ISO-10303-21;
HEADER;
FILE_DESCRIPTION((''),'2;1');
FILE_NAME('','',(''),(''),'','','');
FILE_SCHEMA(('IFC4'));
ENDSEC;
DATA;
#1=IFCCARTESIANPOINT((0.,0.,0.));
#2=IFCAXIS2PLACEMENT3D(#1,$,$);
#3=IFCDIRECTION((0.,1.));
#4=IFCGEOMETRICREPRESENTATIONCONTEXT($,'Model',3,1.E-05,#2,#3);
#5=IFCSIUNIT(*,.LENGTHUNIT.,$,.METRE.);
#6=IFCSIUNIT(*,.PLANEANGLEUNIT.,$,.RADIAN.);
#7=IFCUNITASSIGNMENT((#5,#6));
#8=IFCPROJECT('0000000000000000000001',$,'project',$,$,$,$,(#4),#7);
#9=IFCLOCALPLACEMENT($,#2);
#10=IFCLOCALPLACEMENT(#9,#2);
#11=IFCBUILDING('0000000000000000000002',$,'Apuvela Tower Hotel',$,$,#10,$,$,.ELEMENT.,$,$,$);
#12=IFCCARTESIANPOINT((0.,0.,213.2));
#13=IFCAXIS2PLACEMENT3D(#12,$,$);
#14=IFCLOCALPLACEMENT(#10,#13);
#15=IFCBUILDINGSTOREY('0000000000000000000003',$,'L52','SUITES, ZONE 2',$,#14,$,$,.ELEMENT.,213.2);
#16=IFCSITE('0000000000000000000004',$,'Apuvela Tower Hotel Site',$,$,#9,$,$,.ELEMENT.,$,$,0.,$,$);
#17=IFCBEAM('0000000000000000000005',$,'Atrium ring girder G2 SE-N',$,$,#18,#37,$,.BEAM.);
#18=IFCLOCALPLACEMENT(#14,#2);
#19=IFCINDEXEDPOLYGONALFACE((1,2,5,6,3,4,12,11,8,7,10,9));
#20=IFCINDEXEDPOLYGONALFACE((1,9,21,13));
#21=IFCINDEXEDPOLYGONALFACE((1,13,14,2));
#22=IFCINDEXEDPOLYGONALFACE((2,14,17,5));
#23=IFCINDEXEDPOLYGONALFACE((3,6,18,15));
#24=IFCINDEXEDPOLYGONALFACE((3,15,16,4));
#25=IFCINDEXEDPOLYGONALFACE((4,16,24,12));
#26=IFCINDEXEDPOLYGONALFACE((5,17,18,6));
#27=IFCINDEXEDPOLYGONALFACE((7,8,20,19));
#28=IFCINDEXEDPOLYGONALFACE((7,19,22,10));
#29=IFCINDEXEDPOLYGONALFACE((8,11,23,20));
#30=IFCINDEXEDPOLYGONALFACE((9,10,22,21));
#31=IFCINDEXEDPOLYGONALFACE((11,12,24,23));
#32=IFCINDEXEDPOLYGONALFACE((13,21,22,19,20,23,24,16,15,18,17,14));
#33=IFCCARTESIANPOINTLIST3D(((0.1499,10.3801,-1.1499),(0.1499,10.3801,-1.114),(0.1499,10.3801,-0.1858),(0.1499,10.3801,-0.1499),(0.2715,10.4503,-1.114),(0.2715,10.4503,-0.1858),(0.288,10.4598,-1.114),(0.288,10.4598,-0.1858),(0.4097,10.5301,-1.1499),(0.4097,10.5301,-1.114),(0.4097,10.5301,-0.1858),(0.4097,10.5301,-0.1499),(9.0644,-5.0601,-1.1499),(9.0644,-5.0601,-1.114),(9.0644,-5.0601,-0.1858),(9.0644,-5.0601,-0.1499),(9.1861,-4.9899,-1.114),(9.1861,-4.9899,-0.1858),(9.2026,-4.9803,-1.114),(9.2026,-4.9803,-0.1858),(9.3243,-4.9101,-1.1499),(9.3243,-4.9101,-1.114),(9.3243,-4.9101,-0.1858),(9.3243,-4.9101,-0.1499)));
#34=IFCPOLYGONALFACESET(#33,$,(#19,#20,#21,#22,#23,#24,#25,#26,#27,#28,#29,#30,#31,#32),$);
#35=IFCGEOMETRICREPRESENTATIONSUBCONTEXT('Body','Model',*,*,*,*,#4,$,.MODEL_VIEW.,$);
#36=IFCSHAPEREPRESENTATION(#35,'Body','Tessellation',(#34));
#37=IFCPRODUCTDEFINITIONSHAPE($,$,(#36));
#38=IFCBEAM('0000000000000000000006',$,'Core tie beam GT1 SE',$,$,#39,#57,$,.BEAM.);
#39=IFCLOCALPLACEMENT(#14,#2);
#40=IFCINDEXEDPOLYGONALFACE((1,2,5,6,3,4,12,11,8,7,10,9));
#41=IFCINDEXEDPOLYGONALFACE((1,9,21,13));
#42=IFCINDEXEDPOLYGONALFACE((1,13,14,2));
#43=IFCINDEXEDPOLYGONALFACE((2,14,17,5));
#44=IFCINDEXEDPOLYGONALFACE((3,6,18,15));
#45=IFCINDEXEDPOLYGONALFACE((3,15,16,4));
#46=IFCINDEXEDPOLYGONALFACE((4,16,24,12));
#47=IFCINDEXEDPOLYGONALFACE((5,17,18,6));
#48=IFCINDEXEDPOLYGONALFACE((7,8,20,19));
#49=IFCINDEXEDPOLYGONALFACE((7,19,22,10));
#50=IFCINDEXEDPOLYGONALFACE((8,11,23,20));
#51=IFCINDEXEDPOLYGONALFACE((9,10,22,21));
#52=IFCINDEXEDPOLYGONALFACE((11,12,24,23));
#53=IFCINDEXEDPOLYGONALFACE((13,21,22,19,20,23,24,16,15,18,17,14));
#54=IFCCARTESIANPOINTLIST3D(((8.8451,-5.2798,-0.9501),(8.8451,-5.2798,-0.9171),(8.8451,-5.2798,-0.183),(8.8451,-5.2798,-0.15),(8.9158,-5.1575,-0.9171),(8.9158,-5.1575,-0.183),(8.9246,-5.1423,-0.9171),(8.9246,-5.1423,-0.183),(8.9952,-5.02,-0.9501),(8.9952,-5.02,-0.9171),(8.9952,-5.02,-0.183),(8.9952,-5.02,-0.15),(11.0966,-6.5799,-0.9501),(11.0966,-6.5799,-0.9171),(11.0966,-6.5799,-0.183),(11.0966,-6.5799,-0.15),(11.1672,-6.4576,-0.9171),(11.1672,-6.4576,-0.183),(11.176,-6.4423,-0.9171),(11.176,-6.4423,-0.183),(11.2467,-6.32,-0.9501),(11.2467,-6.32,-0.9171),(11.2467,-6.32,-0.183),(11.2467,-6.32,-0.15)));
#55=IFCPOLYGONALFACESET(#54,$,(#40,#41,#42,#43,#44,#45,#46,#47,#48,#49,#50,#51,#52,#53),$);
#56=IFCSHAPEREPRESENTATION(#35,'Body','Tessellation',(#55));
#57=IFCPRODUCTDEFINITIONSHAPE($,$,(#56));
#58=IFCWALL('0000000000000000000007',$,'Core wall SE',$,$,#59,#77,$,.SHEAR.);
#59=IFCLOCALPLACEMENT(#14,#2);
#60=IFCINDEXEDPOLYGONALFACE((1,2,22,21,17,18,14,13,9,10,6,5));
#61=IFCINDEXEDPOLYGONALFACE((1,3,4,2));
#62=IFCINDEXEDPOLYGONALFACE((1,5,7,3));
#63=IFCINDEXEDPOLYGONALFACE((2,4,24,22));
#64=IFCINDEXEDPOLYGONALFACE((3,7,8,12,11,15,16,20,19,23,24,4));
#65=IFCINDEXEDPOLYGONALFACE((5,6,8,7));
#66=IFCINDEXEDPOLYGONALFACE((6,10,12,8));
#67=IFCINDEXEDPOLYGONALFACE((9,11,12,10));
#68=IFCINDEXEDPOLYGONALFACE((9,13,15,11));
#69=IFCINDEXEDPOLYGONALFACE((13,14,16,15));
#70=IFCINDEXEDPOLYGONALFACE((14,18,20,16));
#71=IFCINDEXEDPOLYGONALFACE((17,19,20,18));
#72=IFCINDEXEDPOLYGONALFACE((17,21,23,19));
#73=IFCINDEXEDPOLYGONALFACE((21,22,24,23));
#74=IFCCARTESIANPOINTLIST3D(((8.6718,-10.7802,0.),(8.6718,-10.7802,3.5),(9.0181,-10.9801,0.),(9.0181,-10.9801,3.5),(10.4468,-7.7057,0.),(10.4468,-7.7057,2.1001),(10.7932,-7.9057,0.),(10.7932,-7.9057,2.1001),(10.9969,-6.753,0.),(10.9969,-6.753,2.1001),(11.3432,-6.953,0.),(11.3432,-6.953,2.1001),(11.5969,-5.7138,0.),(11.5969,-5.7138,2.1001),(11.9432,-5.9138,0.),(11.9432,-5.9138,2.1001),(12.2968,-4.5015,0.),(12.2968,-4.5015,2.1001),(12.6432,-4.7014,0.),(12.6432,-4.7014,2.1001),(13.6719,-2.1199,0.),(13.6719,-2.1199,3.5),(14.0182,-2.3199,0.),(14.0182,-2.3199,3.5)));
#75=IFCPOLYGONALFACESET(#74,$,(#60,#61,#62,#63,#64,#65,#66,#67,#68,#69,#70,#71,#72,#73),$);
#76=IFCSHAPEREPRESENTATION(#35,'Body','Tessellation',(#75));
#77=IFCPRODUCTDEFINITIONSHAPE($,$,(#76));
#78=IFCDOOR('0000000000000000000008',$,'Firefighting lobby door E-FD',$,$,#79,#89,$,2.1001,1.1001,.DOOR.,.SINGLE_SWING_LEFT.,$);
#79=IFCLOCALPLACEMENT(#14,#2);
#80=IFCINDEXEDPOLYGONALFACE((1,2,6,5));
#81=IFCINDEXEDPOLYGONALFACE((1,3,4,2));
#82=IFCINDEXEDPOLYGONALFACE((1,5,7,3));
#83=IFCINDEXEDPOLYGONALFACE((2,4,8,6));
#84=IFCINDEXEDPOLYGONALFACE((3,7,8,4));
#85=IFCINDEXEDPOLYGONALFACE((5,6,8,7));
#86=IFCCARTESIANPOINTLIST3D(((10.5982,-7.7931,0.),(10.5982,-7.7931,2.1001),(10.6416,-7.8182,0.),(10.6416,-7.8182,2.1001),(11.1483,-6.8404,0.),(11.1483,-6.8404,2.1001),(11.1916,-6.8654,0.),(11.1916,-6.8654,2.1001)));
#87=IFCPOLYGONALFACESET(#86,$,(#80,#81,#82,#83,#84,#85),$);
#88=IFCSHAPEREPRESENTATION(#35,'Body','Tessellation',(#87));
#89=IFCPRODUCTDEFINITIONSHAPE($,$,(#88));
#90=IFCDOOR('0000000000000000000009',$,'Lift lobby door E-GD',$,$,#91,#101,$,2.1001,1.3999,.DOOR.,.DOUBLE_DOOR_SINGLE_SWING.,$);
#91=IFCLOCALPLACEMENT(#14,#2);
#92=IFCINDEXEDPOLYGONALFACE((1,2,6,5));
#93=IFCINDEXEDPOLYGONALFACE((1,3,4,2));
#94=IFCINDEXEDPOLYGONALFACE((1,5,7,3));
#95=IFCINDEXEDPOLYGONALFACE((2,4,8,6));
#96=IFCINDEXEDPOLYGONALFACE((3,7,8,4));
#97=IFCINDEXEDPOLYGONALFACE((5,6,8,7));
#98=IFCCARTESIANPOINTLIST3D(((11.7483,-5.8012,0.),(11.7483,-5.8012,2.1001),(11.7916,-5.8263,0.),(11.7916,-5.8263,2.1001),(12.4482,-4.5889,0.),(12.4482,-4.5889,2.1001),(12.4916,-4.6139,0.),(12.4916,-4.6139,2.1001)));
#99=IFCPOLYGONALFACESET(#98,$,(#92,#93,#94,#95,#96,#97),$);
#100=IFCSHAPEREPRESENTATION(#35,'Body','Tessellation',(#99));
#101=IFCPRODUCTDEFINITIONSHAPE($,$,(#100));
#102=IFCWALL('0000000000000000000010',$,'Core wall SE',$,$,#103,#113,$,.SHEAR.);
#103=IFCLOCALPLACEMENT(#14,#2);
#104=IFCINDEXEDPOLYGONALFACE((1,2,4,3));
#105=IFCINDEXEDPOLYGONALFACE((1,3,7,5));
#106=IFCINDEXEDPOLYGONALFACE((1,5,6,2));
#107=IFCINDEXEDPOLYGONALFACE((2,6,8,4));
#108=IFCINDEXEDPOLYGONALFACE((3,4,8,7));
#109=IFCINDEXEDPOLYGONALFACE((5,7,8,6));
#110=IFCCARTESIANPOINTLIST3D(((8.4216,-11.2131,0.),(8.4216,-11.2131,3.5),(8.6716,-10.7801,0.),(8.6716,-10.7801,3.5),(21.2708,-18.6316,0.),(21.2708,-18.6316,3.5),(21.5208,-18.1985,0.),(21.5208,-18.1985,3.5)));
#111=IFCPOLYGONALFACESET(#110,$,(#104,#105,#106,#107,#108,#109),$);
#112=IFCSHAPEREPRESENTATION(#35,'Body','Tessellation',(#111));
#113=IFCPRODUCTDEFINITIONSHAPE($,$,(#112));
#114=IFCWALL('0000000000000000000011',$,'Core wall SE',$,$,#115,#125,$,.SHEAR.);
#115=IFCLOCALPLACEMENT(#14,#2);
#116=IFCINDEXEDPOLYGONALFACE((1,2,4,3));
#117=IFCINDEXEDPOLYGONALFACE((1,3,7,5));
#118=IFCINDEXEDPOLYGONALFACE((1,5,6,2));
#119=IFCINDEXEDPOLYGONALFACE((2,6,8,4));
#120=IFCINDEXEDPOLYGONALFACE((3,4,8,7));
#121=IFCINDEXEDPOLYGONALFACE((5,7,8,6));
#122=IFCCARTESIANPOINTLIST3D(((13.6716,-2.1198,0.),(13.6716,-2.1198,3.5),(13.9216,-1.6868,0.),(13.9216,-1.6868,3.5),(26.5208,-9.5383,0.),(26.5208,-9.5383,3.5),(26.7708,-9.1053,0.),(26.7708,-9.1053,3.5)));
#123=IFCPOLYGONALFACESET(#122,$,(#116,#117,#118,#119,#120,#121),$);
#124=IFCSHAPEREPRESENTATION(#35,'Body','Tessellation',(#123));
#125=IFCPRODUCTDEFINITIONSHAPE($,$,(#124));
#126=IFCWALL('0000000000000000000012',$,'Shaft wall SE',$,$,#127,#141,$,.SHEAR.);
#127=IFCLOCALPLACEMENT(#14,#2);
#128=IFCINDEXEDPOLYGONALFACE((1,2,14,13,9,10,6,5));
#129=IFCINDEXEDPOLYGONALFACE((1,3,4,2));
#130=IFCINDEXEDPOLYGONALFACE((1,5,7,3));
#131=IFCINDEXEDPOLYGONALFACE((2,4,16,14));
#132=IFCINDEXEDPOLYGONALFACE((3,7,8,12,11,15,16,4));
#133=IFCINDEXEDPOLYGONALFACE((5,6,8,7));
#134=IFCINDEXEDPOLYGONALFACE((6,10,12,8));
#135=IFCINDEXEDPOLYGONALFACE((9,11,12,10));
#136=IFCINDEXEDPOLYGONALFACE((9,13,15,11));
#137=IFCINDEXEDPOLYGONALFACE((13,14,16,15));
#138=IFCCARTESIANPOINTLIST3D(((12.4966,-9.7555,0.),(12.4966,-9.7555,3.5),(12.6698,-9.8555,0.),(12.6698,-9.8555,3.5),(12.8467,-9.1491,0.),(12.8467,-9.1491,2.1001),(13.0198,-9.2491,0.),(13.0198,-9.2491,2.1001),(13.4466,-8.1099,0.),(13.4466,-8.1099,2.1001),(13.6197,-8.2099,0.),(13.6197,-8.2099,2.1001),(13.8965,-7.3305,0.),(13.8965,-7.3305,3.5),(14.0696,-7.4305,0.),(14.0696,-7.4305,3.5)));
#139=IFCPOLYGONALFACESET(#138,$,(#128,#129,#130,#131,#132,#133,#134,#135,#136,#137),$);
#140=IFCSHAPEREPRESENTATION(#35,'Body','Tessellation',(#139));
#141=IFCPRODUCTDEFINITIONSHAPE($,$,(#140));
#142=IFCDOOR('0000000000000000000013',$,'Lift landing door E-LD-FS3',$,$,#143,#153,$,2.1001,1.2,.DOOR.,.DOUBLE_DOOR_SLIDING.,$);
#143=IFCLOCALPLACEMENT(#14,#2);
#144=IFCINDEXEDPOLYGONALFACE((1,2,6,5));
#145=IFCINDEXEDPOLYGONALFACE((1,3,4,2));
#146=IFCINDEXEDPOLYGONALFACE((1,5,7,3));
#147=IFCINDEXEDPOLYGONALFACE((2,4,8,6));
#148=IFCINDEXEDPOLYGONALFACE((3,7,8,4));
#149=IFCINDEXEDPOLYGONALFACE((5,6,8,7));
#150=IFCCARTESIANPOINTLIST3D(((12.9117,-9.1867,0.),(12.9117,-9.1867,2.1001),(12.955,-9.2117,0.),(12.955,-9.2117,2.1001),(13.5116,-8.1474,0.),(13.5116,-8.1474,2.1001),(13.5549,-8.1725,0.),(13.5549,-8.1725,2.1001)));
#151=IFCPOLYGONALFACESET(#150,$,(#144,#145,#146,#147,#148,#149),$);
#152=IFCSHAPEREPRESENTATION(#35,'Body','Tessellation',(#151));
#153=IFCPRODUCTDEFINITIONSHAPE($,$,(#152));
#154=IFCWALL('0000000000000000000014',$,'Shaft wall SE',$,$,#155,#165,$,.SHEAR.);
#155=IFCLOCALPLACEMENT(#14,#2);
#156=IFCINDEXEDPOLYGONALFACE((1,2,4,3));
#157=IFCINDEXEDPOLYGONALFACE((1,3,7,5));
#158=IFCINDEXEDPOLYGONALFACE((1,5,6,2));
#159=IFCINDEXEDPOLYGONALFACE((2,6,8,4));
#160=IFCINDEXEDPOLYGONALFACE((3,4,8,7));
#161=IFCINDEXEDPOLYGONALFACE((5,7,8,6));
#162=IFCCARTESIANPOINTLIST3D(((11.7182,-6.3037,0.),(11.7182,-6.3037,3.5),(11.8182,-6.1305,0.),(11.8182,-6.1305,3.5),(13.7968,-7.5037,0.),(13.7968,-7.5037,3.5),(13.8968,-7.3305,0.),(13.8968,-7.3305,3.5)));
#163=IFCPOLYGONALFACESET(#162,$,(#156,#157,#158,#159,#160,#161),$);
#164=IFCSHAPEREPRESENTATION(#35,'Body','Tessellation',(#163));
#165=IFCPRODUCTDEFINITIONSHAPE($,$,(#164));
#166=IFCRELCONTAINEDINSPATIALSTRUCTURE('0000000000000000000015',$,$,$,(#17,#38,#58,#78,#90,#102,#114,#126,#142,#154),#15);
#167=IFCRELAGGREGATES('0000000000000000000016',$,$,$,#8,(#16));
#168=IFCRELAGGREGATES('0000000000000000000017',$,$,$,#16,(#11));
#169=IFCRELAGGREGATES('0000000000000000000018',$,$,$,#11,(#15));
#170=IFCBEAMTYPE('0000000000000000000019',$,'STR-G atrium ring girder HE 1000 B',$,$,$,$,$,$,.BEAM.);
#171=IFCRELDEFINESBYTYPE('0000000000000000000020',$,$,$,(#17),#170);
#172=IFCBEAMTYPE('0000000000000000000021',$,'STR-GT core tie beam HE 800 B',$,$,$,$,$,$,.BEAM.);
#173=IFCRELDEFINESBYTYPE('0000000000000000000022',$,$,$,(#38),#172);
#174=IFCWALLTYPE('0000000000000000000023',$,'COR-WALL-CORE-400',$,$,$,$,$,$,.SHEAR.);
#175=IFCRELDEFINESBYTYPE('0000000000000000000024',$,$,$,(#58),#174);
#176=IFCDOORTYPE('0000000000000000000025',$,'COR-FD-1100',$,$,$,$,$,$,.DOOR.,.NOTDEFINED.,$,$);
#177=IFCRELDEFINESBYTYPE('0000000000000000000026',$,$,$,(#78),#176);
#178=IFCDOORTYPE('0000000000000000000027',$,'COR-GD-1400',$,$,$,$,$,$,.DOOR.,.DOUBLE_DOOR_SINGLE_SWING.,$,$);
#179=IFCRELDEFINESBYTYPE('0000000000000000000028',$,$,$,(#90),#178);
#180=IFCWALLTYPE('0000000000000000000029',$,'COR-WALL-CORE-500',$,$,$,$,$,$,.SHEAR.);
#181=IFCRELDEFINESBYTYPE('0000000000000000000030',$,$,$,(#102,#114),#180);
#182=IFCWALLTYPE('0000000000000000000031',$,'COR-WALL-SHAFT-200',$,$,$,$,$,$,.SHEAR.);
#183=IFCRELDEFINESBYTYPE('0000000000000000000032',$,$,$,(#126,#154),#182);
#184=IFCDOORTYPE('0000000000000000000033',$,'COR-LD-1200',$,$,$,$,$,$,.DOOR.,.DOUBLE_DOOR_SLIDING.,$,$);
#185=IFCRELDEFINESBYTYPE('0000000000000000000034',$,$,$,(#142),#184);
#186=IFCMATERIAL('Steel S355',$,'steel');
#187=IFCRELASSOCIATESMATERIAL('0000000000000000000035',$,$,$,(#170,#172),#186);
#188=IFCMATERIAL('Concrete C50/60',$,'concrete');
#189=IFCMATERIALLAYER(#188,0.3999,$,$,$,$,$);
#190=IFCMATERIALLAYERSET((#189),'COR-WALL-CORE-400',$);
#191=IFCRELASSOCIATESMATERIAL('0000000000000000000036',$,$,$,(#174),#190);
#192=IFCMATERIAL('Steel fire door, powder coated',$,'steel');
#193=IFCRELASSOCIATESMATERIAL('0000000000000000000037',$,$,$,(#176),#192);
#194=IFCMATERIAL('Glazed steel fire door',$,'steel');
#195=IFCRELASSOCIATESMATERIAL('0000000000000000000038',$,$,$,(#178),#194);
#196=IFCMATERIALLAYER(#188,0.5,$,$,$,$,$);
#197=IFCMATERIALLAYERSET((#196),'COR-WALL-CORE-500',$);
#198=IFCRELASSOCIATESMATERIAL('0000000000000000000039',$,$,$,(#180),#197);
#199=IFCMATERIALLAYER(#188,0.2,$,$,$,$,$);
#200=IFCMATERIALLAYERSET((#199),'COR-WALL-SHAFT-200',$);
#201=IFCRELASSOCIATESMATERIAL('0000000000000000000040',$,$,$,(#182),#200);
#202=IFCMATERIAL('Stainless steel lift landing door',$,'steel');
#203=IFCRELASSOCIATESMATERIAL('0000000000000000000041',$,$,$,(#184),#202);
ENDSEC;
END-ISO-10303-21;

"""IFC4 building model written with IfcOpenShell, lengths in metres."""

from ifc_helpers import new_model, si_unit, direction, frame, frame_2d, origin, origin_2d, place, context, subcontext, project, spatial, rectangle, i_section, extrude, material, layer, layer_set, material_profile, profile_set, type_object, element, fill, save


model = new_model("IFC4")

# Units and contexts
model_context = context("Model", 3, precision=1e-05, world=origin(), true_north=direction((0.0, 1.0)))
body_context = subcontext(model_context, "Body", "Model", "MODEL_VIEW")
ifc_project = project(units=[si_unit("LENGTHUNIT", "METRE"), si_unit("PLANEANGLEUNIT", "RADIAN")], contexts=[model_context])

# Site, building, storey
site_placement = place(None, origin())
site = spatial("IfcSite", under=ifc_project, at=site_placement, Name="Apuvela Tower Hotel Site", CompositionType="ELEMENT", RefElevation=0.0)
building_placement = place(site_placement, origin())
building = spatial("IfcBuilding", under=site, at=building_placement, Name="Apuvela Tower Hotel", CompositionType="ELEMENT")
storey_placement = place(building_placement, frame((0.0, 0.0, 213.2)))
storey = spatial("IfcBuildingStorey", under=building, at=storey_placement, Name="L52", Description="SUITES, ZONE 2", CompositionType="ELEMENT", Elevation=213.2)

# Beams
ifc_material_1 = material(Name="Steel S355", Category="steel")
ifc_material_profile_1 = material_profile(ifc_material_1, i_section(OverallWidth=0.3, OverallDepth=1.0, WebThickness=0.019, FlangeThickness=0.0359, at=origin_2d()), Name="HE 1000 B")
ifc_profile_set_1 = profile_set([ifc_material_profile_1], Name="Steel S355")
beam_type_1 = type_object("IfcBeamType", Name="STR-G atrium ring girder HE 1000 B", PredefinedType="BEAM", material=ifc_profile_set_1)
beam_1_placement = place(storey_placement, frame((9.1943, -4.9851, -0.6499), z_axis=(-0.500007, 0.866022, 0.0), x_axis=(-0.866022, -0.500007, 0.0)))
element("IfcBeam", 1, at=beam_1_placement, inside=storey, type_object=beam_type_1, Name="Atrium ring girder G2 SE-N", PredefinedType="BEAM", context=body_context, shape_type="SweptSolid", body=[
    extrude(i_section(OverallWidth=0.3, OverallDepth=1.0, WebThickness=0.019, FlangeThickness=0.0359, at=origin_2d()), origin(), (0.0, 0.0, 1.0), 17.8289),
])
ifc_material_profile_2 = material_profile(ifc_material_1, i_section(OverallWidth=0.3, OverallDepth=0.8, WebThickness=0.0176, FlangeThickness=0.033, at=origin_2d()), Name="HE 800 B")
ifc_profile_set_2 = profile_set([ifc_material_profile_2], Name="Steel S355")
beam_type_2 = type_object("IfcBeamType", Name="STR-GT core tie beam HE 800 B", PredefinedType="BEAM", material=ifc_profile_set_2)
beam_2_placement = place(storey_placement, frame((11.1716, -6.45, -0.55), z_axis=(-0.865998, 0.500048, 0.0), x_axis=(-0.500048, -0.865998, 0.0)))
element("IfcBeam", 2, at=beam_2_placement, inside=storey, type_object=beam_type_2, Name="Core tie beam GT1 SE", PredefinedType="BEAM", context=body_context, shape_type="SweptSolid", body=[
    extrude(i_section(OverallWidth=0.3, OverallDepth=0.8, WebThickness=0.0176, FlangeThickness=0.033, at=origin_2d()), origin(), (0.0, 0.0, 1.0), 2.5999),
])

# Wall, openings, doors
ifc_material_2 = material(Name="Concrete C50/60", Category="concrete")
ifc_layer_1 = layer(ifc_material_2, 0.3999)
ifc_layer_set_1 = layer_set([ifc_layer_1], Name="COR-WALL-CORE-400")
wall_type_1 = type_object("IfcWallType", Name="COR-WALL-CORE-400", PredefinedType="SHEAR", material=ifc_layer_set_1)
wall_1_placement = place(storey_placement, frame((8.845, -10.8801, 0.0), z_axis=(0.0, 0.0, 1.0), x_axis=(0.500004, 0.866023, 0.0)))
wall_1 = element("IfcWall", 3, at=wall_1_placement, inside=storey, type_object=wall_type_1, Name="Core wall SE", PredefinedType="SHEAR", context=body_context, shape_type="SweptSolid", body=[
    extrude(rectangle(XDim=10.0, YDim=0.3999, at=frame_2d((5.0, 0.0))), origin(), (0.0, 0.0, 1.0), 3.5),
])
opening_1_placement = place(wall_1_placement, frame((3.55, 0.0, 0.0)))
opening_1 = element("IfcOpeningElement", 4, at=opening_1_placement, cuts=wall_1, PredefinedType="OPENING", context=body_context, shape_type="SweptSolid", body=[
    extrude(rectangle(XDim=1.1001, YDim=2.1001, at=frame_2d((0.55, 1.05))), frame((0.0, 0.21, 0.0), z_axis=(0.0, -1.0, 0.0), x_axis=(1.0, 0.0, 0.0)), (0.0, 0.0, 1.0), 0.4199),
])
opening_2_placement = place(wall_1_placement, frame((5.8501, 0.0, 0.0)))
opening_2 = element("IfcOpeningElement", 5, at=opening_2_placement, cuts=wall_1, PredefinedType="OPENING", context=body_context, shape_type="SweptSolid", body=[
    extrude(rectangle(XDim=1.3999, YDim=2.1001, at=frame_2d((0.7, 1.05))), frame((0.0, 0.21, 0.0), z_axis=(0.0, -1.0, 0.0), x_axis=(1.0, 0.0, 0.0)), (0.0, 0.0, 1.0), 0.4199),
])
ifc_material_3 = material(Name="Steel fire door, powder coated", Category="steel")
door_type_1 = type_object("IfcDoorType", Name="COR-FD-1100", OperationType="NOTDEFINED", PredefinedType="DOOR", material=ifc_material_3)
door_1_placement = place(opening_1_placement, frame((1.1001, 0.0, 0.0), z_axis=(0.0, 0.0, 1.0), x_axis=(-1.0, 0.0, 0.0)))
door_1 = element("IfcDoor", 6, at=door_1_placement, inside=storey, type_object=door_type_1, Name="Firefighting lobby door E-FD", OperationType="SINGLE_SWING_LEFT", OverallHeight=2.1001, OverallWidth=1.1001, PredefinedType="DOOR", context=body_context, shape_type="SweptSolid", body=[
    extrude(rectangle(XDim=1.1001, YDim=2.1001, at=frame_2d((0.55, 1.05))), frame((0.0, 0.0249, 0.0), z_axis=(0.0, -1.0, 0.0), x_axis=(1.0, 0.0, 0.0)), (0.0, 0.0, 1.0), 0.05),
])
fill(opening_1, door_1)
ifc_material_4 = material(Name="Glazed steel fire door", Category="steel")
door_type_2 = type_object("IfcDoorType", Name="COR-GD-1400", OperationType="DOUBLE_DOOR_SINGLE_SWING", PredefinedType="DOOR", material=ifc_material_4)
door_2_placement = place(opening_2_placement, frame((1.3999, 0.0, 0.0), z_axis=(0.0, 0.0, 1.0), x_axis=(-1.0, 0.0, 0.0)))
door_2 = element("IfcDoor", 7, at=door_2_placement, inside=storey, type_object=door_type_2, Name="Lift lobby door E-GD", OperationType="DOUBLE_DOOR_SINGLE_SWING", OverallHeight=2.1001, OverallWidth=1.3999, PredefinedType="DOOR", context=body_context, shape_type="SweptSolid", body=[
    extrude(rectangle(XDim=1.3999, YDim=2.1001, at=frame_2d((0.7, 1.05))), frame((0.0, 0.0249, 0.0), z_axis=(0.0, -1.0, 0.0), x_axis=(1.0, 0.0, 0.0)), (0.0, 0.0, 1.0), 0.05),
])
fill(opening_2, door_2)

# Walls
ifc_layer_2 = layer(ifc_material_2, 0.5)
ifc_layer_set_2 = layer_set([ifc_layer_2], Name="COR-WALL-CORE-500")
wall_type_2 = type_object("IfcWallType", Name="COR-WALL-CORE-500", PredefinedType="SHEAR", material=ifc_layer_set_2)
for number, where, z_axis, x_axis, name in (
    (8, (8.5466, -10.9966, 0.0), (0.0, 0.0, 1.0), (0.866025, -0.500001, 0.0), "Core wall SE"),
    (9, (13.7966, -1.9033, 0.0), (0.0, 0.0, 1.0), (0.866025, -0.500001, 0.0), "Core wall SE"),
):
    element("IfcWall", number, at=place(storey_placement, frame(where, z_axis=z_axis, x_axis=x_axis)), inside=storey, type_object=wall_type_2, Name=name, PredefinedType="SHEAR", context=body_context, shape_type="SweptSolid", body=[
        extrude(rectangle(XDim=14.8369, YDim=0.5, at=frame_2d((7.4185, 0.0))), origin(), (0.0, 0.0, 1.0), 3.5),
    ])

# Wall, opening, door
ifc_layer_3 = layer(ifc_material_2, 0.2)
ifc_layer_set_3 = layer_set([ifc_layer_3], Name="COR-WALL-SHAFT-200")
wall_type_3 = type_object("IfcWallType", Name="COR-WALL-SHAFT-200", PredefinedType="SHEAR", material=ifc_layer_set_3)
wall_2_placement = place(storey_placement, frame((12.5833, -9.8054, 0.0), z_axis=(0.0, 0.0, 1.0), x_axis=(0.499946, 0.866056, 0.0)))
wall_2 = element("IfcWall", 10, at=wall_2_placement, inside=storey, type_object=wall_type_3, Name="Shaft wall SE", PredefinedType="SHEAR", context=body_context, shape_type="SweptSolid", body=[
    extrude(rectangle(XDim=2.8, YDim=0.2, at=frame_2d((1.3999, 0.0))), origin(), (0.0, 0.0, 1.0), 3.5),
])
opening_3_placement = place(wall_2_placement, frame((0.7, 0.0, 0.0)))
opening_3 = element("IfcOpeningElement", 11, at=opening_3_placement, cuts=wall_2, PredefinedType="OPENING", context=body_context, shape_type="SweptSolid", body=[
    extrude(rectangle(XDim=1.2, YDim=2.1001, at=frame_2d((0.6001, 1.05))), frame((0.0, 0.1099, 0.0), z_axis=(0.0, -1.0, 0.0), x_axis=(1.0, 0.0, 0.0)), (0.0, 0.0, 1.0), 0.22),
])
ifc_material_5 = material(Name="Stainless steel lift landing door", Category="steel")
door_type_3 = type_object("IfcDoorType", Name="COR-LD-1200", OperationType="DOUBLE_DOOR_SLIDING", PredefinedType="DOOR", material=ifc_material_5)
door_3_placement = place(opening_3_placement, origin())
door_3 = element("IfcDoor", 12, at=door_3_placement, inside=storey, type_object=door_type_3, Name="Lift landing door E-LD-FS3", OperationType="DOUBLE_DOOR_SLIDING", OverallHeight=2.1001, OverallWidth=1.2, PredefinedType="DOOR", context=body_context, shape_type="SweptSolid", body=[
    extrude(rectangle(XDim=1.2, YDim=2.1001, at=frame_2d((0.6001, 1.05))), frame((0.0, 0.0249, 0.0), z_axis=(0.0, -1.0, 0.0), x_axis=(1.0, 0.0, 0.0)), (0.0, 0.0, 1.0), 0.05),
])
fill(opening_3, door_3)

# Wall
wall_3_placement = place(storey_placement, frame((11.7681, -6.217, 0.0), z_axis=(0.0, 0.0, 1.0), x_axis=(0.86605, -0.499957, 0.0)))
element("IfcWall", 13, at=wall_3_placement, inside=storey, type_object=wall_type_3, Name="Shaft wall SE", PredefinedType="SHEAR", context=body_context, shape_type="SweptSolid", body=[
    extrude(rectangle(XDim=2.4001, YDim=0.2, at=frame_2d((1.2002, 0.0))), origin(), (0.0, 0.0, 1.0), 3.5),
])

save(model, "model.ifc")
